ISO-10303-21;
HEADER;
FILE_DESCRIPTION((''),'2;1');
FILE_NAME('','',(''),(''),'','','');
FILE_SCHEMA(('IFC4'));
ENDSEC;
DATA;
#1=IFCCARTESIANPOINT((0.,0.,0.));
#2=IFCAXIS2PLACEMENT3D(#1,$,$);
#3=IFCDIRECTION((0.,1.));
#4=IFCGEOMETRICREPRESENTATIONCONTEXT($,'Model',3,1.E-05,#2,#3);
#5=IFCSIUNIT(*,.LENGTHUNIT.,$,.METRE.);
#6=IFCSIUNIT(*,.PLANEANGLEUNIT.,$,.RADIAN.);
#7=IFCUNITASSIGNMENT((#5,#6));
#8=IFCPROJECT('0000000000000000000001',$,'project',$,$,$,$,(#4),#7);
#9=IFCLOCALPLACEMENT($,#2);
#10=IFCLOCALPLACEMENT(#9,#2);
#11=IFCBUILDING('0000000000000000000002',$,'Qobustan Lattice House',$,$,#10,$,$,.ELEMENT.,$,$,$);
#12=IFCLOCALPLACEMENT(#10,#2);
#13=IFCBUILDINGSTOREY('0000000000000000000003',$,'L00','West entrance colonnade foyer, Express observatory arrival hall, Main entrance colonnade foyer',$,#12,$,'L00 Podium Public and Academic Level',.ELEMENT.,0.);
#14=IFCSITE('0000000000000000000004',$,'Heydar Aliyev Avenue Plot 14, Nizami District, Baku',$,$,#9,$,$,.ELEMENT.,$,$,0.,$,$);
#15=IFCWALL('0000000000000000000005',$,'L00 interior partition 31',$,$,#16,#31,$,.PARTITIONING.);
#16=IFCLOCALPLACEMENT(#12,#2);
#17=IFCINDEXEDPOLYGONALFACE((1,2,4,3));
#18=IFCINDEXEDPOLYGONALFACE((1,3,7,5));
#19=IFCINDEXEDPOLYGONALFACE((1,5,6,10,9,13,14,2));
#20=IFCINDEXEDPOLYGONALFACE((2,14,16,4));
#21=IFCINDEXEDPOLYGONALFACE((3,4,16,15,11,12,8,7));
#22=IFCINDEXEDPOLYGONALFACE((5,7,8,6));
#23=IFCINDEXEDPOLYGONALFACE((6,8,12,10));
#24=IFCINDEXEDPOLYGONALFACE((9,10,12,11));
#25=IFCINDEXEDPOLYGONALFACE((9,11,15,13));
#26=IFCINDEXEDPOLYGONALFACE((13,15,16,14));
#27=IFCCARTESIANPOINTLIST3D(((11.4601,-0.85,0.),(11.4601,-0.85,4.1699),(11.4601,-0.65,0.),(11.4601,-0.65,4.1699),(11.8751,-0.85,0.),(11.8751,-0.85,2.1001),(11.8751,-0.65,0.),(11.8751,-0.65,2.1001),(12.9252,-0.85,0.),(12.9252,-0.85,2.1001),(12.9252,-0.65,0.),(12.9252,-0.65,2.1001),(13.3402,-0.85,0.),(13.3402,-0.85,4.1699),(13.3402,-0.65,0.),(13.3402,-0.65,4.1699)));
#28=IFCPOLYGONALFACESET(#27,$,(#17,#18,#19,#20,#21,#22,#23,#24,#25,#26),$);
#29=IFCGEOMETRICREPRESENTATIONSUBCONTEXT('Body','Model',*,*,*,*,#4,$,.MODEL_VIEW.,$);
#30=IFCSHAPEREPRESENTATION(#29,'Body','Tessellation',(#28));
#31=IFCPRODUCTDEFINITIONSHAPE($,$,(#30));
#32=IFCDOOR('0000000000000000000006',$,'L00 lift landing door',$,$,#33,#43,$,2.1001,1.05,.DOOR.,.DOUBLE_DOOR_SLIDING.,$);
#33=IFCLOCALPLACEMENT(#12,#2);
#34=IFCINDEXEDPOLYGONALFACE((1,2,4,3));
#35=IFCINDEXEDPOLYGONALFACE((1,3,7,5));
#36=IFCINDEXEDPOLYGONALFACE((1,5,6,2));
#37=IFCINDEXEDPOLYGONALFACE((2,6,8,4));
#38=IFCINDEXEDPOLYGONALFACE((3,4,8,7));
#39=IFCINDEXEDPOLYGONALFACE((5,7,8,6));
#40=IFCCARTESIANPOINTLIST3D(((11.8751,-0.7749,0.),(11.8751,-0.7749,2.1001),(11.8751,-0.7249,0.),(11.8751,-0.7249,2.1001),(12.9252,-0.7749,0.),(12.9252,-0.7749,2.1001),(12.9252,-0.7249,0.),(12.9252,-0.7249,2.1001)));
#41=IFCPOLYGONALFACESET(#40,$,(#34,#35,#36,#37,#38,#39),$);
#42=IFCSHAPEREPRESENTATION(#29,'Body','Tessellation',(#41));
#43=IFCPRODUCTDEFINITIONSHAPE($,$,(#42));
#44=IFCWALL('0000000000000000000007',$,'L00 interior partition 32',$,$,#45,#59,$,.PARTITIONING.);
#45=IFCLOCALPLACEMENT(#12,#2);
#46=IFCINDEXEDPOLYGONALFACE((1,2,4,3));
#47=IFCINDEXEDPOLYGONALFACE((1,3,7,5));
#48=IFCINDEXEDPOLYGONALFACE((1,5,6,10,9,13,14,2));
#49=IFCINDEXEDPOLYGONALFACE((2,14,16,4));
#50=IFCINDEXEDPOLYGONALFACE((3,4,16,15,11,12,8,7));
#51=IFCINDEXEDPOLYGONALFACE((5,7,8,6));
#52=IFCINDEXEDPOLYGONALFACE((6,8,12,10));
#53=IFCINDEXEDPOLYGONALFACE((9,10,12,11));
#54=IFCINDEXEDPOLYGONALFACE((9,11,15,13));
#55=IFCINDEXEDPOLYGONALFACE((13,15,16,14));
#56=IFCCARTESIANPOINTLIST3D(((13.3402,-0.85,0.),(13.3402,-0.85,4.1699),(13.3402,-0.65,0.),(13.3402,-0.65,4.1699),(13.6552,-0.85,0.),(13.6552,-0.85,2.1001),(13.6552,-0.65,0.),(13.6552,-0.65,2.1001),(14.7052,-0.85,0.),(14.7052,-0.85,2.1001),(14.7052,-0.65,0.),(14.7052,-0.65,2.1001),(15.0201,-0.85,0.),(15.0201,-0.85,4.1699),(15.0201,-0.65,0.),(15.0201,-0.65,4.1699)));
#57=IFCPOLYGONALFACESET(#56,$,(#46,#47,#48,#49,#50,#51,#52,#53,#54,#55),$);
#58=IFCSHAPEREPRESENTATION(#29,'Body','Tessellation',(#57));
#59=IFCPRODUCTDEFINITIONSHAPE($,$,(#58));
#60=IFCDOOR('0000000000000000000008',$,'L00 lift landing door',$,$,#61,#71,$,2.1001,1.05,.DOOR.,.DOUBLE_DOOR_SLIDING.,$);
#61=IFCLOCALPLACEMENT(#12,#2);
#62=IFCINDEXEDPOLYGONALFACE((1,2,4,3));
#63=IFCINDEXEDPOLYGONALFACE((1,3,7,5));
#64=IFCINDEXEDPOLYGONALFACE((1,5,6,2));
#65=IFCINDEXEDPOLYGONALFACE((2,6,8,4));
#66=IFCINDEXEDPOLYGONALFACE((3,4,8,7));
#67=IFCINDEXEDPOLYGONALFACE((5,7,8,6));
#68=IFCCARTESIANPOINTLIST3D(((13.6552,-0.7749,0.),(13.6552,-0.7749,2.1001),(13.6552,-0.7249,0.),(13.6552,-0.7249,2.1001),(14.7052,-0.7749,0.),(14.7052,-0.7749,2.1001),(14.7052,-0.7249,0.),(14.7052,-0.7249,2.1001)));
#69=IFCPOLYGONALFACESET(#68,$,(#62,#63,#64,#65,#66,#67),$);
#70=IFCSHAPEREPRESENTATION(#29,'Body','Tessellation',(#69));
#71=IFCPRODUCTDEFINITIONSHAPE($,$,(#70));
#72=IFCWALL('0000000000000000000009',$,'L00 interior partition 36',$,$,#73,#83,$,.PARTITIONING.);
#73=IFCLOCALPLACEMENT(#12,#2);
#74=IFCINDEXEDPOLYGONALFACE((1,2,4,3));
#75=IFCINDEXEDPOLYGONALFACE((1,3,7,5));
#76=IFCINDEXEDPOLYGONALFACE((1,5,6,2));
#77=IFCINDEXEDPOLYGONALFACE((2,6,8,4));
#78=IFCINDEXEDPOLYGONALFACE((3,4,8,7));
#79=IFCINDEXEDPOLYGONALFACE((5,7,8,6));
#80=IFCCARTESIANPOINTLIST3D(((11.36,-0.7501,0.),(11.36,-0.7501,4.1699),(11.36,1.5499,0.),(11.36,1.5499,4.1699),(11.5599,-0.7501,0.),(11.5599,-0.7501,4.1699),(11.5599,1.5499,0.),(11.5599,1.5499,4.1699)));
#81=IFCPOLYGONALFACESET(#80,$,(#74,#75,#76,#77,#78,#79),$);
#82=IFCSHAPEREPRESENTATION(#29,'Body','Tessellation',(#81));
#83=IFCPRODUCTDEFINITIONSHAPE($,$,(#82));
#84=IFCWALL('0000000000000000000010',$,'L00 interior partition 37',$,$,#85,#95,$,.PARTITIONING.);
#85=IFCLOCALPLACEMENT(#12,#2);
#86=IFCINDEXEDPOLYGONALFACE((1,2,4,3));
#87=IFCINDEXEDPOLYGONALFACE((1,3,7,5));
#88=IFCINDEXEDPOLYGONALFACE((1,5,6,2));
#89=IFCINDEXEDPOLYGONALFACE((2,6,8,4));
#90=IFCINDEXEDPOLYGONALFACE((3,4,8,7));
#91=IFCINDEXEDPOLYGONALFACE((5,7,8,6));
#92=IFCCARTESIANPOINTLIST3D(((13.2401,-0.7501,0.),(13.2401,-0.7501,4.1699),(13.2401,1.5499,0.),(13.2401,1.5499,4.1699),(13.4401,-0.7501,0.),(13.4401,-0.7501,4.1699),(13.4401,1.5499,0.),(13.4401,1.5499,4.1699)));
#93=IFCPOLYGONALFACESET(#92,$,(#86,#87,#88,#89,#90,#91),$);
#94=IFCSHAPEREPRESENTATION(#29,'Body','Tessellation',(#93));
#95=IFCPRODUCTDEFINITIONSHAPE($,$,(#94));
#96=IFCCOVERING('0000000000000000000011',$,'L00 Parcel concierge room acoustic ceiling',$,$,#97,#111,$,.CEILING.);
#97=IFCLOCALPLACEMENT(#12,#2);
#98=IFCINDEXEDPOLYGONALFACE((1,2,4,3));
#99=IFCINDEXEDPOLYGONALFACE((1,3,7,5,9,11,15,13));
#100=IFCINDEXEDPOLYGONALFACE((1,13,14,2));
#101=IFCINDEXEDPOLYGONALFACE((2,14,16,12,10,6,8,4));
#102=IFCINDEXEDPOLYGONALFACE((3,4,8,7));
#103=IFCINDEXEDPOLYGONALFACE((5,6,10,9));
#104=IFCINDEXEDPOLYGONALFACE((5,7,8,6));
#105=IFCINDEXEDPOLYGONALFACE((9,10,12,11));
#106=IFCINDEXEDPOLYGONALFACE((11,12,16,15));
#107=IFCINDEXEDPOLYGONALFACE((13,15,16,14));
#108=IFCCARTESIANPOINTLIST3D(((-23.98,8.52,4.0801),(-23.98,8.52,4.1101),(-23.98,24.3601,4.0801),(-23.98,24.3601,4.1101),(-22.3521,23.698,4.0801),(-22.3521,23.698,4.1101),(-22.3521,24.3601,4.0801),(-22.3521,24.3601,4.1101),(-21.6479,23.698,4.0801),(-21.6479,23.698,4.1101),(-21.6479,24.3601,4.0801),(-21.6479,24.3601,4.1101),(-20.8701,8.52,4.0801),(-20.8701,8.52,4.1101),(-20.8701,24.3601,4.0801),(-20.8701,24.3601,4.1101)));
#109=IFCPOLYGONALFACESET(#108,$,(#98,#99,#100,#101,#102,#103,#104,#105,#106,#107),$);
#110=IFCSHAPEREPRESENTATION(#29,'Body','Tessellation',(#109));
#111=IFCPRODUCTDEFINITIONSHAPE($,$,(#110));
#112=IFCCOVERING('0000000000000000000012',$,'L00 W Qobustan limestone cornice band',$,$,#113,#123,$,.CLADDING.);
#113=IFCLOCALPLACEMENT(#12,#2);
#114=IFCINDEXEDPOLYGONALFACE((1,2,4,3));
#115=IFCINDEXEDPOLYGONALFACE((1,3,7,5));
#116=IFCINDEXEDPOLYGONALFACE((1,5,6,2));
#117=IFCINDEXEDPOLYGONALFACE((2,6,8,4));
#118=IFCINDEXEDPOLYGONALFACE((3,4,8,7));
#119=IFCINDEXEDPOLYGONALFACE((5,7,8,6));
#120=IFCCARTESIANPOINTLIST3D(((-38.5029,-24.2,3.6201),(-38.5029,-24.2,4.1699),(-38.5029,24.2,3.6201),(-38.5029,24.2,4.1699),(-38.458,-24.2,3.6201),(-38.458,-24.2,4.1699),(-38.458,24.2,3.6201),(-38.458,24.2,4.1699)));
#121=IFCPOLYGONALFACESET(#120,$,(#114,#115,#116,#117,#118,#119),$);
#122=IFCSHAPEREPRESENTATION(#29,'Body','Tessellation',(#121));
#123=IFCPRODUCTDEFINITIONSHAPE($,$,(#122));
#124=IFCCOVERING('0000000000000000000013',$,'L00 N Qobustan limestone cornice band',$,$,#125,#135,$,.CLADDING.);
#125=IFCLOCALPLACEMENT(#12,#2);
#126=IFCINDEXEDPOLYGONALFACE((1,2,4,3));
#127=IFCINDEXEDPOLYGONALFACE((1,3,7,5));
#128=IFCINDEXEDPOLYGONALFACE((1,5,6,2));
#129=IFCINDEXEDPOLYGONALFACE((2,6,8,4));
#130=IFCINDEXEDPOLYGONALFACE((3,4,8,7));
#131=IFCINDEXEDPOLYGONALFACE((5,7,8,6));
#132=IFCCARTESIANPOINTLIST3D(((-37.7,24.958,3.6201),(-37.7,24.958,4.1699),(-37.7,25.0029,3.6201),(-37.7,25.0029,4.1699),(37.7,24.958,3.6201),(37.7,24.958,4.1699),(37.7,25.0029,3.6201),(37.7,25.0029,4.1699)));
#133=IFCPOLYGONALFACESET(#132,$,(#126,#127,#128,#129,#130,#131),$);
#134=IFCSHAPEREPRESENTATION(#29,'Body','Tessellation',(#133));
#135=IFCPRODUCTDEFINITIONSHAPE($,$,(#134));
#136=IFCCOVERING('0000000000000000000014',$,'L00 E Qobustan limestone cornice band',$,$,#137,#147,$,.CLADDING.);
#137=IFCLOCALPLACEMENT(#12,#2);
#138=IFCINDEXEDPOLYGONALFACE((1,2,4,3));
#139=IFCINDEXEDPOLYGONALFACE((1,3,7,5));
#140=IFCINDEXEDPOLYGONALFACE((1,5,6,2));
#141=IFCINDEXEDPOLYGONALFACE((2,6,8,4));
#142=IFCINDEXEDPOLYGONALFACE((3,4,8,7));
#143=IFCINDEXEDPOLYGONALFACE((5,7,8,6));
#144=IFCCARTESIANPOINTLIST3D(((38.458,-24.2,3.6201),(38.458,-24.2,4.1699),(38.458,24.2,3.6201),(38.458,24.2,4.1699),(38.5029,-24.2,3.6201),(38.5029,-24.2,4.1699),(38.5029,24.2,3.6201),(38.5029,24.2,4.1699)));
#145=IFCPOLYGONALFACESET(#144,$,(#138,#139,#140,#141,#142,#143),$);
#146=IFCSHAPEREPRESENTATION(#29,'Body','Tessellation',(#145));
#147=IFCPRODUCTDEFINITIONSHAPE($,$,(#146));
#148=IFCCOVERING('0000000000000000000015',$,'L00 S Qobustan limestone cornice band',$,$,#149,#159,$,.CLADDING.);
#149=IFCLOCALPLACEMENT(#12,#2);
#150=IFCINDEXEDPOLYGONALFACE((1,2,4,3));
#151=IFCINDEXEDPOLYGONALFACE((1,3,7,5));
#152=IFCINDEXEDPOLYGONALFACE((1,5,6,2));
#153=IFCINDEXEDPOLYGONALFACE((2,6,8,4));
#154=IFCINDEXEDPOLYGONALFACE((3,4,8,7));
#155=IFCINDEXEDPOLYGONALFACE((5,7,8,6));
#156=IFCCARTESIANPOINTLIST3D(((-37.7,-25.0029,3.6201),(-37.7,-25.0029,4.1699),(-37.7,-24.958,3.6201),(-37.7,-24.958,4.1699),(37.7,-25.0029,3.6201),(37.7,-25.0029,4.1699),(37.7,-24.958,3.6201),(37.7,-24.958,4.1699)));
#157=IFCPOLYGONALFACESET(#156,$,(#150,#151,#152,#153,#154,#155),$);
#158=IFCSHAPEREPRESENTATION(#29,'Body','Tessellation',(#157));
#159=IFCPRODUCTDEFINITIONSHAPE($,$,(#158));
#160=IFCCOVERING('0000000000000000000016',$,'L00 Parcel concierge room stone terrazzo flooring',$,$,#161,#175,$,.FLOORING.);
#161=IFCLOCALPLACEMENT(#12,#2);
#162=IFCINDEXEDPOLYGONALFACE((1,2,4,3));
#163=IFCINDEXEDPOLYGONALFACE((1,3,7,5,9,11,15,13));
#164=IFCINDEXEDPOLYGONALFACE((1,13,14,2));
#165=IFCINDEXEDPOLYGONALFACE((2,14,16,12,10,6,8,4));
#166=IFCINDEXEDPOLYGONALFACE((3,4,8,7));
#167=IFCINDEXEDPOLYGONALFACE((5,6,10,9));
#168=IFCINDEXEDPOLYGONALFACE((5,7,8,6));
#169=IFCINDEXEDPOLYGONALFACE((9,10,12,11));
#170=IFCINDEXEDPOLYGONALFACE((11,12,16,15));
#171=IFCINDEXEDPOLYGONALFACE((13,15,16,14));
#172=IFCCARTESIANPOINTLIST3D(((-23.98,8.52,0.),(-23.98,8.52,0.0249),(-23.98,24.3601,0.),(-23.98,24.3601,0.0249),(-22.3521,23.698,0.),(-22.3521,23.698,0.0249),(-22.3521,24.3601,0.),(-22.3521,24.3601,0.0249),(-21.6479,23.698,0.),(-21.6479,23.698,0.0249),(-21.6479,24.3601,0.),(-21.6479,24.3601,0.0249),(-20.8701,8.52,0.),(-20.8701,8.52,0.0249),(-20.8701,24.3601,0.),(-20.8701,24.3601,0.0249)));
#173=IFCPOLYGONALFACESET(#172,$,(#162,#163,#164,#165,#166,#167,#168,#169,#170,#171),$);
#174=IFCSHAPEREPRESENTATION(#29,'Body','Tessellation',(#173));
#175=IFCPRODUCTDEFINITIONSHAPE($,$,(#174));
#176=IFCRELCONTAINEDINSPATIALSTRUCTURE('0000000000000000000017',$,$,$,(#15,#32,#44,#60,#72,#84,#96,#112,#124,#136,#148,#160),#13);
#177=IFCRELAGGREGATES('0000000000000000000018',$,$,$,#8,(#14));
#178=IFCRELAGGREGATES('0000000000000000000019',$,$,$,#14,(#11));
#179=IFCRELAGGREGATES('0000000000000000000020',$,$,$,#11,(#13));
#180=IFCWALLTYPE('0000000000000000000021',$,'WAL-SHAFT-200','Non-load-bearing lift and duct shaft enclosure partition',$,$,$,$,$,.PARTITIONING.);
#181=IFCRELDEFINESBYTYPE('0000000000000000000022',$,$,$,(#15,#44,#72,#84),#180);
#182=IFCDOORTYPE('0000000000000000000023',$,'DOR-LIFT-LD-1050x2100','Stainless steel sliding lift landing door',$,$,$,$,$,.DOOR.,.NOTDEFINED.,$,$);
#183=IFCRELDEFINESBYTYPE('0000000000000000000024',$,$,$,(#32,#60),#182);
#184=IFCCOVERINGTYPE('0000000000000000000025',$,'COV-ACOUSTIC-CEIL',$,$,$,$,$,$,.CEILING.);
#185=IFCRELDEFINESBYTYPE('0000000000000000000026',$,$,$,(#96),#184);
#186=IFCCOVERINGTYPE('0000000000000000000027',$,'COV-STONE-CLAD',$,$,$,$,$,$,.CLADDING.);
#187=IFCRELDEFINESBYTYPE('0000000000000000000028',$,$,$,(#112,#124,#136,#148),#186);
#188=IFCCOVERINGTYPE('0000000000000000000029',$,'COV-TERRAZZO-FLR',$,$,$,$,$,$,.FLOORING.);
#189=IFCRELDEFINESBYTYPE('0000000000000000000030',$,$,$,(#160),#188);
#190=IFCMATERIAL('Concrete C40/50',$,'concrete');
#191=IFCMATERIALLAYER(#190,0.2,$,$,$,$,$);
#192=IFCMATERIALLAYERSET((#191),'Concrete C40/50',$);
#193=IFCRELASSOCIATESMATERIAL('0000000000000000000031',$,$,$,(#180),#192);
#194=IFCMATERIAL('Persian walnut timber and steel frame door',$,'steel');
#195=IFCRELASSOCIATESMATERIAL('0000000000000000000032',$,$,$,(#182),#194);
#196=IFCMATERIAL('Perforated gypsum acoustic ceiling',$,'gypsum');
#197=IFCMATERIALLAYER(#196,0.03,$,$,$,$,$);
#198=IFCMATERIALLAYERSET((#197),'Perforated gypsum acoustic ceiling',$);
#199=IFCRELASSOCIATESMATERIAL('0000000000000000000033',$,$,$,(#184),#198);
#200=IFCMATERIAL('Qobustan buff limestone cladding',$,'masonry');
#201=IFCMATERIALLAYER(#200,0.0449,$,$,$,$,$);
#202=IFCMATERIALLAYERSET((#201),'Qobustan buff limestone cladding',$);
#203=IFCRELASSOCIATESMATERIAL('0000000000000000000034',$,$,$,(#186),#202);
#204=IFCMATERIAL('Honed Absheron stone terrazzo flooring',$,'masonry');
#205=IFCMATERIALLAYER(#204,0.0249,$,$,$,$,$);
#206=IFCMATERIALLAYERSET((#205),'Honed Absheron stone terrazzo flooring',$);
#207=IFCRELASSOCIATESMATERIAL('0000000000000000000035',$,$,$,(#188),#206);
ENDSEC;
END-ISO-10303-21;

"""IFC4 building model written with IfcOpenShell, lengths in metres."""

from ifc_helpers import new_model, si_unit, direction, frame, frame_2d, origin, place, context, subcontext, project, spatial, polyline, rectangle, outline, extrude, material, layer, layer_set, type_object, element, fill, save


model = new_model("IFC4")

# Units and contexts
model_context = context("Model", 3, precision=1e-05, world=origin(), true_north=direction((0.0, 1.0)))
body_context = subcontext(model_context, "Body", "Model", "MODEL_VIEW")
ifc_project = project(units=[si_unit("LENGTHUNIT", "METRE"), si_unit("PLANEANGLEUNIT", "RADIAN")], contexts=[model_context])

# Site, building, storey
site_placement = place(None, origin())
site = spatial("IfcSite", under=ifc_project, at=site_placement, Name="Heydar Aliyev Avenue Plot 14, Nizami District, Baku", CompositionType="ELEMENT", RefElevation=0.0)
building_placement = place(site_placement, origin())
building = spatial("IfcBuilding", under=site, at=building_placement, Name="Qobustan Lattice House", CompositionType="ELEMENT")
storey_placement = place(building_placement, origin())
storey = spatial("IfcBuildingStorey", under=building, at=storey_placement, Name="L00", Description="West entrance colonnade foyer, Express observatory arrival hall, Main entrance colonnade foyer", LongName="L00 Podium Public and Academic Level", CompositionType="ELEMENT", Elevation=0.0)

# Shared definitions
ifc_material_1 = material(Name="Concrete C40/50", Category="concrete")
ifc_layer_1 = layer(ifc_material_1, 0.2)
ifc_layer_set_1 = layer_set([ifc_layer_1], Name="Concrete C40/50")
wall_type_1 = type_object("IfcWallType", Name="WAL-SHAFT-200", Description="Non-load-bearing lift and duct shaft enclosure partition", PredefinedType="PARTITIONING", material=ifc_layer_set_1)

# Walls, openings, doors
ifc_material_2 = material(Name="Persian walnut timber and steel frame door", Category="steel")
door_type = type_object("IfcDoorType", Name="DOR-LIFT-LD-1050x2100", Description="Stainless steel sliding lift landing door", OperationType="NOTDEFINED", PredefinedType="DOOR", material=ifc_material_2)
wall_1_placement = place(storey_placement, frame((13.3401, -0.75, 0.0), z_axis=(0.0, 0.0, 1.0), x_axis=(-1.0, 0.0, 0.0)))
wall_1 = element("IfcWall", 1, at=wall_1_placement, inside=storey, type_object=wall_type_1, Name="L00 interior partition 31", PredefinedType="PARTITIONING", context=body_context, shape_type="SweptSolid", body=[
    extrude(rectangle(XDim=1.8801, YDim=0.2, at=frame_2d((0.9399, 0.0))), origin(), (0.0, 0.0, 1.0), 4.1699),
])
opening_1_placement = place(wall_1_placement, frame((0.415, 0.0, 0.0)))
opening_1 = element("IfcOpeningElement", 2, at=opening_1_placement, cuts=wall_1, PredefinedType="OPENING", context=body_context, shape_type="SweptSolid", body=[
    extrude(rectangle(XDim=1.05, YDim=2.1001, at=frame_2d((0.5249, 1.05))), frame((0.0, 0.1099, 0.0), z_axis=(0.0, -1.0, 0.0), x_axis=(1.0, 0.0, 0.0)), (0.0, 0.0, 1.0), 0.22),
])
door_1_placement = place(opening_1_placement, origin())
door_1 = element("IfcDoor", 3, at=door_1_placement, inside=storey, type_object=door_type, Name="L00 lift landing door", OperationType="DOUBLE_DOOR_SLIDING", OverallHeight=2.1001, OverallWidth=1.05, PredefinedType="DOOR", context=body_context, shape_type="SweptSolid", body=[
    extrude(rectangle(XDim=1.05, YDim=2.1001, at=frame_2d((0.5249, 1.05))), frame((0.0, 0.0249, 0.0), z_axis=(0.0, -1.0, 0.0), x_axis=(1.0, 0.0, 0.0)), (0.0, 0.0, 1.0), 0.05),
])
fill(opening_1, door_1)
wall_2_placement = place(storey_placement, frame((15.02, -0.75, 0.0), z_axis=(0.0, 0.0, 1.0), x_axis=(-1.0, 0.0, 0.0)))
wall_2 = element("IfcWall", 4, at=wall_2_placement, inside=storey, type_object=wall_type_1, Name="L00 interior partition 32", PredefinedType="PARTITIONING", context=body_context, shape_type="SweptSolid", body=[
    extrude(rectangle(XDim=1.6799, YDim=0.2, at=frame_2d((0.8398, 0.0))), origin(), (0.0, 0.0, 1.0), 4.1699),
])
opening_2_placement = place(wall_2_placement, frame((0.3149, 0.0, 0.0)))
opening_2 = element("IfcOpeningElement", 5, at=opening_2_placement, cuts=wall_2, PredefinedType="OPENING", context=body_context, shape_type="SweptSolid", body=[
    extrude(rectangle(XDim=1.05, YDim=2.1001, at=frame_2d((0.5249, 1.05))), frame((0.0, 0.1099, 0.0), z_axis=(0.0, -1.0, 0.0), x_axis=(1.0, 0.0, 0.0)), (0.0, 0.0, 1.0), 0.22),
])
door_2_placement = place(opening_2_placement, origin())
door_2 = element("IfcDoor", 6, at=door_2_placement, inside=storey, type_object=door_type, Name="L00 lift landing door", OperationType="DOUBLE_DOOR_SLIDING", OverallHeight=2.1001, OverallWidth=1.05, PredefinedType="DOOR", context=body_context, shape_type="SweptSolid", body=[
    extrude(rectangle(XDim=1.05, YDim=2.1001, at=frame_2d((0.5249, 1.05))), frame((0.0, 0.0249, 0.0), z_axis=(0.0, -1.0, 0.0), x_axis=(1.0, 0.0, 0.0)), (0.0, 0.0, 1.0), 0.05),
])
fill(opening_2, door_2)

# Walls
for number, where, z_axis, x_axis, name in (
    (7, (11.46, -0.75, 0.0), (0.0, 0.0, 1.0), (0.0, 1.0, 0.0), "L00 interior partition 36"),
    (8, (13.3401, -0.75, 0.0), (0.0, 0.0, 1.0), (0.0, 1.0, 0.0), "L00 interior partition 37"),
):
    element("IfcWall", number, at=place(storey_placement, frame(where, z_axis=z_axis, x_axis=x_axis)), inside=storey, type_object=wall_type_1, Name=name, PredefinedType="PARTITIONING", context=body_context, shape_type="SweptSolid", body=[
        extrude(rectangle(XDim=2.3, YDim=0.2, at=frame_2d((1.1499, 0.0))), origin(), (0.0, 0.0, 1.0), 4.1699),
    ])

# Coverings
ifc_material_3 = material(Name="Perforated gypsum acoustic ceiling", Category="gypsum")
ifc_layer_2 = layer(ifc_material_3, 0.03)
ifc_layer_set_2 = layer_set([ifc_layer_2], Name="Perforated gypsum acoustic ceiling")
covering_type_1 = type_object("IfcCoveringType", Name="COV-ACOUSTIC-CEIL", PredefinedType="CEILING", material=ifc_layer_set_2)
covering_1_placement = place(storey_placement, frame((0.0, 0.0, 4.0801)))
element("IfcCovering", 9, at=covering_1_placement, inside=storey, type_object=covering_type_1, Name="L00 Parcel concierge room acoustic ceiling", PredefinedType="CEILING", context=body_context, shape_type="SweptSolid", body=[
    extrude(outline(polyline([(-23.98, 8.52), (-20.8701, 8.52), (-20.8701, 24.3601), (-21.6479, 24.3601), (-21.6479, 23.698), (-22.3521, 23.698), (-22.3521, 24.3601), (-23.98, 24.3601), (-23.98, 8.52)])), origin(), (0.0, 0.0, 1.0), 0.03),
])
ifc_material_4 = material(Name="Qobustan buff limestone cladding", Category="masonry")
ifc_layer_3 = layer(ifc_material_4, 0.0449)
ifc_layer_set_3 = layer_set([ifc_layer_3], Name="Qobustan buff limestone cladding")
covering_type_2 = type_object("IfcCoveringType", Name="COV-STONE-CLAD", PredefinedType="CLADDING", material=ifc_layer_set_3)
covering_2_placement = place(storey_placement, frame((0.0, 0.0, 3.6201)))
element("IfcCovering", 10, at=covering_2_placement, inside=storey, type_object=covering_type_2, Name="L00 W Qobustan limestone cornice band", PredefinedType="CLADDING", context=body_context, shape_type="SweptSolid", body=[
    extrude(outline(polyline([(-38.458, -24.2), (-38.5029, -24.2), (-38.5029, 24.2), (-38.458, 24.2), (-38.458, -24.2)])), origin(), (0.0, 0.0, 1.0), 0.5498),
])
covering_3_placement = place(storey_placement, frame((0.0, 0.0, 3.6201)))
element("IfcCovering", 11, at=covering_3_placement, inside=storey, type_object=covering_type_2, Name="L00 N Qobustan limestone cornice band", PredefinedType="CLADDING", context=body_context, shape_type="SweptSolid", body=[
    extrude(outline(polyline([(-37.7, 24.958), (-37.7, 25.0029), (37.7, 25.0029), (37.7, 24.958), (-37.7, 24.958)])), origin(), (0.0, 0.0, 1.0), 0.5498),
])
covering_4_placement = place(storey_placement, frame((0.0, 0.0, 3.6201)))
element("IfcCovering", 12, at=covering_4_placement, inside=storey, type_object=covering_type_2, Name="L00 E Qobustan limestone cornice band", PredefinedType="CLADDING", context=body_context, shape_type="SweptSolid", body=[
    extrude(outline(polyline([(38.458, 24.2), (38.5029, 24.2), (38.5029, -24.2), (38.458, -24.2), (38.458, 24.2)])), origin(), (0.0, 0.0, 1.0), 0.5498),
])
covering_5_placement = place(storey_placement, frame((0.0, 0.0, 3.6201)))
element("IfcCovering", 13, at=covering_5_placement, inside=storey, type_object=covering_type_2, Name="L00 S Qobustan limestone cornice band", PredefinedType="CLADDING", context=body_context, shape_type="SweptSolid", body=[
    extrude(outline(polyline([(37.7, -24.958), (37.7, -25.0029), (-37.7, -25.0029), (-37.7, -24.958), (37.7, -24.958)])), origin(), (0.0, 0.0, 1.0), 0.5498),
])
ifc_material_5 = material(Name="Honed Absheron stone terrazzo flooring", Category="masonry")
ifc_layer_4 = layer(ifc_material_5, 0.0249)
ifc_layer_set_4 = layer_set([ifc_layer_4], Name="Honed Absheron stone terrazzo flooring")
covering_type_3 = type_object("IfcCoveringType", Name="COV-TERRAZZO-FLR", PredefinedType="FLOORING", material=ifc_layer_set_4)
covering_6_placement = place(storey_placement, origin())
element("IfcCovering", 14, at=covering_6_placement, inside=storey, type_object=covering_type_3, Name="L00 Parcel concierge room stone terrazzo flooring", PredefinedType="FLOORING", context=body_context, shape_type="SweptSolid", body=[
    extrude(outline(polyline([(-23.98, 8.52), (-20.8701, 8.52), (-20.8701, 24.3601), (-21.6479, 24.3601), (-21.6479, 23.698), (-22.3521, 23.698), (-22.3521, 24.3601), (-23.98, 24.3601), (-23.98, 8.52)])), origin(), (0.0, 0.0, 1.0), 0.0249),
])

save(model, "model.ifc")
